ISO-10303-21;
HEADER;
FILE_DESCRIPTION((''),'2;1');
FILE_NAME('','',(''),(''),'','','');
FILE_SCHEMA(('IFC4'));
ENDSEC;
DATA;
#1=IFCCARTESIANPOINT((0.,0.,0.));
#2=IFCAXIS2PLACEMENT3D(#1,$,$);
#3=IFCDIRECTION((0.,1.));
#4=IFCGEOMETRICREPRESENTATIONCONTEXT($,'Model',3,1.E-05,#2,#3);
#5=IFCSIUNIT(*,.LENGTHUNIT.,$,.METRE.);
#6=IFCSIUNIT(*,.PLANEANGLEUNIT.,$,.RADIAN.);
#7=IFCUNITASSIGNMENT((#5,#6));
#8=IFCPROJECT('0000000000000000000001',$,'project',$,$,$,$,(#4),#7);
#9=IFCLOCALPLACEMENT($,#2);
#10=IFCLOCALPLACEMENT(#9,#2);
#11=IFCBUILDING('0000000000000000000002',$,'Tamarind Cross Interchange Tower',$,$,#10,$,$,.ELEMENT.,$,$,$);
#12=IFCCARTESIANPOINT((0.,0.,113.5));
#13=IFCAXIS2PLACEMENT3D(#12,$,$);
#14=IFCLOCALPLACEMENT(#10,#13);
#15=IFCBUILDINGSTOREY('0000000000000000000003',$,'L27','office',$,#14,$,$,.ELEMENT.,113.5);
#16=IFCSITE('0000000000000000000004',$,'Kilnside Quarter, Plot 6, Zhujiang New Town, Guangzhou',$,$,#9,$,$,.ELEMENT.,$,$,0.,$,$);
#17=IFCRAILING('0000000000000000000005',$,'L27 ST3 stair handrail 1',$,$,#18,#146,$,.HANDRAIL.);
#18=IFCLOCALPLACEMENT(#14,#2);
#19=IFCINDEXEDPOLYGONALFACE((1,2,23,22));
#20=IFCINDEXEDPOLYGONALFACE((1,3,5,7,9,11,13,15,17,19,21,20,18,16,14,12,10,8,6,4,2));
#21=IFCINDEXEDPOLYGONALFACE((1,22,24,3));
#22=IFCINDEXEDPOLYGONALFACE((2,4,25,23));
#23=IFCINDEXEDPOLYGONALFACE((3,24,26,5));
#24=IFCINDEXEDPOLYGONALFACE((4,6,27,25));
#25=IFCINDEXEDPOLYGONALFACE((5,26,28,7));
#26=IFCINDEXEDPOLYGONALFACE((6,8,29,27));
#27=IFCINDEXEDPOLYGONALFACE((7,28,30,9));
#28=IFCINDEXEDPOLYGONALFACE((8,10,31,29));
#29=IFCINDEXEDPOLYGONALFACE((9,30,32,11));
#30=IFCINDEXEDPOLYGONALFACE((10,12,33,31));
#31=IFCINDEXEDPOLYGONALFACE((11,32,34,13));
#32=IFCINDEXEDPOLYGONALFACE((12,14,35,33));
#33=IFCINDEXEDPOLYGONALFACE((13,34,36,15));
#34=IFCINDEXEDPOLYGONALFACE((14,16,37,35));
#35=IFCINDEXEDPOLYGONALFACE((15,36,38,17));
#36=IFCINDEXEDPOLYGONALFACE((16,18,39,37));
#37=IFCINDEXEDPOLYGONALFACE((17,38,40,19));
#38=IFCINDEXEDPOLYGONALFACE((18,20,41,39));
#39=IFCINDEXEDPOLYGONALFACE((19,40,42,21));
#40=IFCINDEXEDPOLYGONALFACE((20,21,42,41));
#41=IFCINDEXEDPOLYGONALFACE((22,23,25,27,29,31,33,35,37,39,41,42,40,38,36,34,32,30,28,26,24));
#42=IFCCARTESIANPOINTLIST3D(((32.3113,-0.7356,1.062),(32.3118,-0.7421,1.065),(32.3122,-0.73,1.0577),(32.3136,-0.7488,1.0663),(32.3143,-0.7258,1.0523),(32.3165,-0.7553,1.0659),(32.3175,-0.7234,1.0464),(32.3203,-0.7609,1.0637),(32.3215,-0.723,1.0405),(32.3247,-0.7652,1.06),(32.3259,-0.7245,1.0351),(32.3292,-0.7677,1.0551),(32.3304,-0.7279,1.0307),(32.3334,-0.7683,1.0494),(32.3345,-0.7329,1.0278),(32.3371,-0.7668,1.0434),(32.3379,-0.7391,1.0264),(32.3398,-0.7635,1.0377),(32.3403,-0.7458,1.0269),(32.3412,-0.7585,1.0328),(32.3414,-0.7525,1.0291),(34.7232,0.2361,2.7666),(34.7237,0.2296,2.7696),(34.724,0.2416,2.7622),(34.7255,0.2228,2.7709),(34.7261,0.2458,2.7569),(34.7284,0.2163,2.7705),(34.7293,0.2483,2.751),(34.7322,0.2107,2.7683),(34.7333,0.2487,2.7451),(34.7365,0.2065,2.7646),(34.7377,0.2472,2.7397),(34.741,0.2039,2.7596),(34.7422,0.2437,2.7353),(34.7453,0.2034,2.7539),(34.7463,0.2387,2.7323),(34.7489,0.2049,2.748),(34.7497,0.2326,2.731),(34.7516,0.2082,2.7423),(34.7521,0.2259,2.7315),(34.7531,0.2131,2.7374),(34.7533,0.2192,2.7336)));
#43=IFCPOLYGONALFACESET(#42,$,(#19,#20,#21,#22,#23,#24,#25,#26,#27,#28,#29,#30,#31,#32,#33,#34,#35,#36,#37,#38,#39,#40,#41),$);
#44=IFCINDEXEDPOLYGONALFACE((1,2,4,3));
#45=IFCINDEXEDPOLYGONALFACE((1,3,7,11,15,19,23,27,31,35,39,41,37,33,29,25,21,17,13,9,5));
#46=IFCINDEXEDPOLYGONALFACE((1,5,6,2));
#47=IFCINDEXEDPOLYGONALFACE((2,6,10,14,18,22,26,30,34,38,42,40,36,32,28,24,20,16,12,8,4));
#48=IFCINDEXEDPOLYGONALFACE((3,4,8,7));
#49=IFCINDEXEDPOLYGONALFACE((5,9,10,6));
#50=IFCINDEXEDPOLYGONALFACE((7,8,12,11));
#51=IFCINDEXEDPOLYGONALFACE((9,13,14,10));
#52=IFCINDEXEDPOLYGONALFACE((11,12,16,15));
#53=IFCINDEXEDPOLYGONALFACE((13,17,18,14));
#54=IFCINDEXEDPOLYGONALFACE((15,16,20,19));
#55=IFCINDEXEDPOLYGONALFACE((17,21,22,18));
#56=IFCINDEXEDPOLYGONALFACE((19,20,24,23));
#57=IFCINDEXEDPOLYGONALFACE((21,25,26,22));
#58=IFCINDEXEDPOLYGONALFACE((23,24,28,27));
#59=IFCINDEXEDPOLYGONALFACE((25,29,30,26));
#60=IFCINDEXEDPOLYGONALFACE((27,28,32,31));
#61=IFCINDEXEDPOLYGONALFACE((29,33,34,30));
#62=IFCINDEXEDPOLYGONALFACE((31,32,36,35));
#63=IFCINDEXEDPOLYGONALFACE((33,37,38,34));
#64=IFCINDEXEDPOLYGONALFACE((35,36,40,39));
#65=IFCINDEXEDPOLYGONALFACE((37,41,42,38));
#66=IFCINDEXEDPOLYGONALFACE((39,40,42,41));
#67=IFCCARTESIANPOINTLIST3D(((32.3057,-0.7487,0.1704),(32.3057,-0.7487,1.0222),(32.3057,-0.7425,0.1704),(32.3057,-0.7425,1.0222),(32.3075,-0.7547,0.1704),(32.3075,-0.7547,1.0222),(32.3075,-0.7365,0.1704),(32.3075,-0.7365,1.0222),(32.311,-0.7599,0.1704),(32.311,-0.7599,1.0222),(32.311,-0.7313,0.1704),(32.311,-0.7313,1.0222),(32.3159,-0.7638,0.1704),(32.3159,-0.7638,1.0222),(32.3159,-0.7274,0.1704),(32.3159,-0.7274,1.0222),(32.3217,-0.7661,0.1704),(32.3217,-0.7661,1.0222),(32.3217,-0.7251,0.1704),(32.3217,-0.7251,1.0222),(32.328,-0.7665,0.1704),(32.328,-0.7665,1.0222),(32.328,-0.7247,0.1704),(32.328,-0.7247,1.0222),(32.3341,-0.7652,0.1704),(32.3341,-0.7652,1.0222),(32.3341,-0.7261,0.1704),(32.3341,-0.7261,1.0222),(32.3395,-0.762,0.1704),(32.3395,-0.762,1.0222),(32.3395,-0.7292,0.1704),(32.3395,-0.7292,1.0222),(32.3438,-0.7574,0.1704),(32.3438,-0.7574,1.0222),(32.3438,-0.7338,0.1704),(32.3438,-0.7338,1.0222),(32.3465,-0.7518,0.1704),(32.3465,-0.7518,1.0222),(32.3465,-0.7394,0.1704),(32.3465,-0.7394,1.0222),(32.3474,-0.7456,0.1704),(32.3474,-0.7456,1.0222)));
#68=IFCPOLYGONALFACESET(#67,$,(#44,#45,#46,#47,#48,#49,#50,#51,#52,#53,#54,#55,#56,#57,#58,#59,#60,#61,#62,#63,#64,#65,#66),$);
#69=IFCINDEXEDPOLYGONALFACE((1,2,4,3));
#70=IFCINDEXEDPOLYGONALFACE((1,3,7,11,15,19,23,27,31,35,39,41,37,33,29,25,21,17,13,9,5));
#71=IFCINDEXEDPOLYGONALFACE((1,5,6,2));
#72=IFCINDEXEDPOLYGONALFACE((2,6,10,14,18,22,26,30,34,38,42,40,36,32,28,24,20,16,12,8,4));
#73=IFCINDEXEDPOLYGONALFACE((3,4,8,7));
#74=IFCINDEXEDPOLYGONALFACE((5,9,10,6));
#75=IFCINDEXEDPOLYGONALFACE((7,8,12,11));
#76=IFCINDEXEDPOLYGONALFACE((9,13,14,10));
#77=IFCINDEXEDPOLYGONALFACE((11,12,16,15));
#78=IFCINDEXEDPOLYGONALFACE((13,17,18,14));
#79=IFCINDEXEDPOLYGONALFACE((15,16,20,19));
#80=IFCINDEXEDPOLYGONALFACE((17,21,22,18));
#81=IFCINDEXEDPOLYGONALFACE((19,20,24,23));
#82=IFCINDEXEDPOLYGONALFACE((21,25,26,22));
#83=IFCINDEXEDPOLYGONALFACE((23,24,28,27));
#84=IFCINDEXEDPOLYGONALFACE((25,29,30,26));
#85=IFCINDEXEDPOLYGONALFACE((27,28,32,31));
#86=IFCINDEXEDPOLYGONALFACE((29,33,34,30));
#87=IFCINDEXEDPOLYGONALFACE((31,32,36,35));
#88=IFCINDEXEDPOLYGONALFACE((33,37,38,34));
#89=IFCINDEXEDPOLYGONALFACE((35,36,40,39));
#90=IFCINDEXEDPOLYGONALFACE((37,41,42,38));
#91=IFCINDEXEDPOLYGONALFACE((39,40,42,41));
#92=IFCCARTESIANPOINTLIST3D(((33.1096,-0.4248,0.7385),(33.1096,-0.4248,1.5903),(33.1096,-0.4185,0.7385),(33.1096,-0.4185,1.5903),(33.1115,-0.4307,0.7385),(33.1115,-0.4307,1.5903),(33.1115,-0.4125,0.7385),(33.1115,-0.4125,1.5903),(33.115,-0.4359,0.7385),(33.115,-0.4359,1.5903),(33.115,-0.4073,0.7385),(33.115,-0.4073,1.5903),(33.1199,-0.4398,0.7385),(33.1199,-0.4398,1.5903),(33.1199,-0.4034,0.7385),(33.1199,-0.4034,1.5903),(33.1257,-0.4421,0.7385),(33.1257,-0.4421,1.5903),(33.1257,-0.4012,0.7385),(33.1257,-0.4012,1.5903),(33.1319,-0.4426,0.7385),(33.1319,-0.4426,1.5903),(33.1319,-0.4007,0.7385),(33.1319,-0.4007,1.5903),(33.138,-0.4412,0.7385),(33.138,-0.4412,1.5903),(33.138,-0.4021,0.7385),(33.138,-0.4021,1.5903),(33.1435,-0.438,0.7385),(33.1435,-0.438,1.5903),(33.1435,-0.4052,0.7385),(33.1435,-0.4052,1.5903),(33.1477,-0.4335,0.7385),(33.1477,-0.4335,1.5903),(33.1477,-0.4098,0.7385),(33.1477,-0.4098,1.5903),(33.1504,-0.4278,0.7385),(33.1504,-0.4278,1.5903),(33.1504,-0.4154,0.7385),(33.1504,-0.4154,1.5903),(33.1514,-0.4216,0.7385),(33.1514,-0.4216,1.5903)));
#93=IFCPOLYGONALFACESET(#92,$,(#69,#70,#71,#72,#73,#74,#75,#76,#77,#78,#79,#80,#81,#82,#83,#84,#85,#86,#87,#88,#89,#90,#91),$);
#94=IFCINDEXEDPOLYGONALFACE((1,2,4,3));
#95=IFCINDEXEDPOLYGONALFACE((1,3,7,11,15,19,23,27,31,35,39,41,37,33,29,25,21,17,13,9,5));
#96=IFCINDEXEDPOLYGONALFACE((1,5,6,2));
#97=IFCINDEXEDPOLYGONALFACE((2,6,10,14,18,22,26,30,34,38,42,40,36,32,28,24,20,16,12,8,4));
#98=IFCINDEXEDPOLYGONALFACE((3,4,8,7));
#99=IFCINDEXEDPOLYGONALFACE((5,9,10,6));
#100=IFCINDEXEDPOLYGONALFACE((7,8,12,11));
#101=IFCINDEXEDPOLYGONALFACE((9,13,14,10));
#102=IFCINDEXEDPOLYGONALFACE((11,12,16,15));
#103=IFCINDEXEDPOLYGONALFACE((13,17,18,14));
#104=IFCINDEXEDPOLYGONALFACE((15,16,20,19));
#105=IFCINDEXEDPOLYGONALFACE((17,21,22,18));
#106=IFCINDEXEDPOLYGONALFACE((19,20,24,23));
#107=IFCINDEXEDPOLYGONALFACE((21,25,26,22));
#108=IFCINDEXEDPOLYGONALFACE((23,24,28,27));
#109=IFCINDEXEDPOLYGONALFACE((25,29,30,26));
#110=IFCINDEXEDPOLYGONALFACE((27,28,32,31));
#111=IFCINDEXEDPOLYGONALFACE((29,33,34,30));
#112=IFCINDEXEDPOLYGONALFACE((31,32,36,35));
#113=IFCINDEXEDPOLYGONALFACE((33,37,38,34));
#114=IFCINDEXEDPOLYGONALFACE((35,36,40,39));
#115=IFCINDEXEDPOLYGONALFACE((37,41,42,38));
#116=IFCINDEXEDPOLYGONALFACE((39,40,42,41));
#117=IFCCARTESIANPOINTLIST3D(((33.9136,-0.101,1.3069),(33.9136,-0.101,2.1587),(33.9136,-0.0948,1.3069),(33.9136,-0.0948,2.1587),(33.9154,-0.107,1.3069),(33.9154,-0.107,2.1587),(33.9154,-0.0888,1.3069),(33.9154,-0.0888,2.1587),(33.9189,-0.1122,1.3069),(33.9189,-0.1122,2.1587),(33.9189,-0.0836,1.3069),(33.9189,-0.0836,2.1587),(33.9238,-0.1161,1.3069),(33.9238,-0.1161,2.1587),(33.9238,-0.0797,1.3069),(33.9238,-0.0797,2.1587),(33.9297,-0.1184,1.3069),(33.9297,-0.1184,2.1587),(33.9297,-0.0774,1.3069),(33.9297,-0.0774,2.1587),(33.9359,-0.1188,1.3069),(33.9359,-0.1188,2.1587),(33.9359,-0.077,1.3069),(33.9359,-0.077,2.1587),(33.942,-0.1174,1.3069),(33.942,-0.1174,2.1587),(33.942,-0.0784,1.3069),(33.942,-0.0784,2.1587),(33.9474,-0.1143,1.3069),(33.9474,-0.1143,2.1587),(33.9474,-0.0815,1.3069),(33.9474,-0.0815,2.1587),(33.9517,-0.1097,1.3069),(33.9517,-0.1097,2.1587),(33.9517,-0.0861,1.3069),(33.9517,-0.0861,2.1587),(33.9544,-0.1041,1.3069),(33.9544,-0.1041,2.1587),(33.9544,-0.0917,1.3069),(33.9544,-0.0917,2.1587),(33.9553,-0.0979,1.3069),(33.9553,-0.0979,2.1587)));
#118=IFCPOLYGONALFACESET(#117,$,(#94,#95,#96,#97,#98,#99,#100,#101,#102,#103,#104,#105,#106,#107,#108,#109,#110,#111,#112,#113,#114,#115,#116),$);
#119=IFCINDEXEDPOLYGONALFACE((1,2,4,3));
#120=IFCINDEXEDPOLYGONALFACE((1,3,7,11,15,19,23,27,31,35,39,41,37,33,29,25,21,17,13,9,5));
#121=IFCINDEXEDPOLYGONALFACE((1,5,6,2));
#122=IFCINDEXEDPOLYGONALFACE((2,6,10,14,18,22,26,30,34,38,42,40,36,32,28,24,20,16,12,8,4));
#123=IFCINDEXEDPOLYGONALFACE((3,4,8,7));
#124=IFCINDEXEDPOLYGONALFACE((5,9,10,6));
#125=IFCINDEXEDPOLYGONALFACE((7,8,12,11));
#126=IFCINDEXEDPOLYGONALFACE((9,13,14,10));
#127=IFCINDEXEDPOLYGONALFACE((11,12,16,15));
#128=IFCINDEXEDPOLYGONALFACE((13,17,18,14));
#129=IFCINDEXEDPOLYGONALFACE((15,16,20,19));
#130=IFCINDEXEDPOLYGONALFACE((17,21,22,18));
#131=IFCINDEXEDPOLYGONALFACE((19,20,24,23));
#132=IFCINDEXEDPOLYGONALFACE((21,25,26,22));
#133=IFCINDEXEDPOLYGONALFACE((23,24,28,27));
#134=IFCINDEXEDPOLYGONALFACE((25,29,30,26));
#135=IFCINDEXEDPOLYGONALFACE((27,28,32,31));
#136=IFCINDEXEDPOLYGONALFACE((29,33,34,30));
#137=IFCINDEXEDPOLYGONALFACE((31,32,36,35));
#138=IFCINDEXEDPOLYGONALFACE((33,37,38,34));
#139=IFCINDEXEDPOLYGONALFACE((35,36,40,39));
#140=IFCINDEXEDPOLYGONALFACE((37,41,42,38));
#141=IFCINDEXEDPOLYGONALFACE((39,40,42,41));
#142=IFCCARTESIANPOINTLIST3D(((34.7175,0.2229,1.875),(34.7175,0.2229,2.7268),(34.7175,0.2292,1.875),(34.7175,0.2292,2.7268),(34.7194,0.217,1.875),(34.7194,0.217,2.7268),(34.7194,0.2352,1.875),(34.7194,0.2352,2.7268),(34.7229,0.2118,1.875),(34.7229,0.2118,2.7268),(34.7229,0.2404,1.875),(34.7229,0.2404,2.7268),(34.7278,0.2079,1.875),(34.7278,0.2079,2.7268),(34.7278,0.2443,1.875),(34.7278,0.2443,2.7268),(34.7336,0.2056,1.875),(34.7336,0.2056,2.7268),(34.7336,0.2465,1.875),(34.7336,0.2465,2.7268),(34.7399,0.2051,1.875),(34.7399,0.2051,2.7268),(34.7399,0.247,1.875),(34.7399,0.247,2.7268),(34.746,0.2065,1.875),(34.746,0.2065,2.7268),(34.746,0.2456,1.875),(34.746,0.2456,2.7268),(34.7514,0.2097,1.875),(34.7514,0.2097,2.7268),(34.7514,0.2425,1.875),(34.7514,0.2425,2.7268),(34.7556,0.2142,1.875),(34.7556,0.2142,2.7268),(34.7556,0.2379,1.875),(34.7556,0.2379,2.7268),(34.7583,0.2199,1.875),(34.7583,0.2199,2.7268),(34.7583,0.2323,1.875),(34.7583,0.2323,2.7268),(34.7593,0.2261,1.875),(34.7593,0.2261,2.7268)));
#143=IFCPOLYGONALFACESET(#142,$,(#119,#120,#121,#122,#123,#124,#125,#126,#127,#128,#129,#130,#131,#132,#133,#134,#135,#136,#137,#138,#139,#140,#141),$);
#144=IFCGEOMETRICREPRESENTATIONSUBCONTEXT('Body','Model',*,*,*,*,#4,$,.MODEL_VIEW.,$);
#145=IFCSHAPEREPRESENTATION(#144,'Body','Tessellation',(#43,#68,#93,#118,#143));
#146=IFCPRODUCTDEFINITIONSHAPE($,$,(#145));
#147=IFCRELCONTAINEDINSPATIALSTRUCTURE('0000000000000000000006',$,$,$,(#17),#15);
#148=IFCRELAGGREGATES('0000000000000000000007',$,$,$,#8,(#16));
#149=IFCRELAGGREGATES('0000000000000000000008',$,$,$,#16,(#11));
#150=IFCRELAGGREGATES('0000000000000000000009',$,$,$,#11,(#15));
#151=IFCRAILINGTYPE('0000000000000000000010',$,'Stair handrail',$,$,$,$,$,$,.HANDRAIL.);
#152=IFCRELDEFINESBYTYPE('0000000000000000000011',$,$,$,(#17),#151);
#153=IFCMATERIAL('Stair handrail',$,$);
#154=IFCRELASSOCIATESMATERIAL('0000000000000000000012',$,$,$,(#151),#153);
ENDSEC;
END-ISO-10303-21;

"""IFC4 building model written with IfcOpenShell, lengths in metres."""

from ifc_helpers import new_model, si_unit, direction, frame, origin, origin_2d, place, context, subcontext, project, spatial, circle, extrude, material, type_object, element, save


model = new_model("IFC4")

# Units and contexts
model_context = context("Model", 3, precision=1e-05, world=origin(), true_north=direction((0.0, 1.0)))
body_context = subcontext(model_context, "Body", "Model", "MODEL_VIEW")
ifc_project = project(units=[si_unit("LENGTHUNIT", "METRE"), si_unit("PLANEANGLEUNIT", "RADIAN")], contexts=[model_context])

# Site, building, storey
site_placement = place(None, origin())
site = spatial("IfcSite", under=ifc_project, at=site_placement, Name="Kilnside Quarter, Plot 6, Zhujiang New Town, Guangzhou", CompositionType="ELEMENT", RefElevation=0.0)
building_placement = place(site_placement, origin())
building = spatial("IfcBuilding", under=site, at=building_placement, Name="Tamarind Cross Interchange Tower", CompositionType="ELEMENT")
storey_placement = place(building_placement, frame((0.0, 0.0, 113.5)))
storey = spatial("IfcBuildingStorey", under=building, at=storey_placement, Name="L27", Description="office", CompositionType="ELEMENT", Elevation=113.5)

# Railing
ifc_material_1 = material(Name="Stair handrail")
railing_type = type_object("IfcRailingType", Name="Stair handrail", PredefinedType="HANDRAIL", material=ifc_material_1)
railing_placement = place(storey_placement, frame((32.3264, -0.7456, 0.1704)))
element("IfcRailing", 1, at=railing_placement, inside=storey, type_object=railing_type, Name="L27 ST3 stair handrail 1", PredefinedType="HANDRAIL", context=body_context, shape_type="SweptSolid", body=[
    extrude(circle(Radius=0.0239, at=origin_2d()), frame((0.0, 0.0, 0.876), z_axis=(0.775729, 0.312522, 0.548248), x_axis=(-0.373688, 0.927554, 0.0)), (0.0, 0.0, 1.0), 3.1091),
    extrude(circle(Radius=0.021, at=origin_2d()), origin(), (0.0, 0.0, 1.0), 0.8518),
    extrude(circle(Radius=0.021, at=origin_2d()), frame((0.804, 0.324, 0.5681)), (0.0, 0.0, 1.0), 0.8518),
    extrude(circle(Radius=0.021, at=origin_2d()), frame((1.6079, 0.6477, 1.1365)), (0.0, 0.0, 1.0), 0.8518),
    extrude(circle(Radius=0.021, at=origin_2d()), frame((2.4119, 0.9717, 1.7046)), (0.0, 0.0, 1.0), 0.8518),
])

save(model, "model.ifc")
